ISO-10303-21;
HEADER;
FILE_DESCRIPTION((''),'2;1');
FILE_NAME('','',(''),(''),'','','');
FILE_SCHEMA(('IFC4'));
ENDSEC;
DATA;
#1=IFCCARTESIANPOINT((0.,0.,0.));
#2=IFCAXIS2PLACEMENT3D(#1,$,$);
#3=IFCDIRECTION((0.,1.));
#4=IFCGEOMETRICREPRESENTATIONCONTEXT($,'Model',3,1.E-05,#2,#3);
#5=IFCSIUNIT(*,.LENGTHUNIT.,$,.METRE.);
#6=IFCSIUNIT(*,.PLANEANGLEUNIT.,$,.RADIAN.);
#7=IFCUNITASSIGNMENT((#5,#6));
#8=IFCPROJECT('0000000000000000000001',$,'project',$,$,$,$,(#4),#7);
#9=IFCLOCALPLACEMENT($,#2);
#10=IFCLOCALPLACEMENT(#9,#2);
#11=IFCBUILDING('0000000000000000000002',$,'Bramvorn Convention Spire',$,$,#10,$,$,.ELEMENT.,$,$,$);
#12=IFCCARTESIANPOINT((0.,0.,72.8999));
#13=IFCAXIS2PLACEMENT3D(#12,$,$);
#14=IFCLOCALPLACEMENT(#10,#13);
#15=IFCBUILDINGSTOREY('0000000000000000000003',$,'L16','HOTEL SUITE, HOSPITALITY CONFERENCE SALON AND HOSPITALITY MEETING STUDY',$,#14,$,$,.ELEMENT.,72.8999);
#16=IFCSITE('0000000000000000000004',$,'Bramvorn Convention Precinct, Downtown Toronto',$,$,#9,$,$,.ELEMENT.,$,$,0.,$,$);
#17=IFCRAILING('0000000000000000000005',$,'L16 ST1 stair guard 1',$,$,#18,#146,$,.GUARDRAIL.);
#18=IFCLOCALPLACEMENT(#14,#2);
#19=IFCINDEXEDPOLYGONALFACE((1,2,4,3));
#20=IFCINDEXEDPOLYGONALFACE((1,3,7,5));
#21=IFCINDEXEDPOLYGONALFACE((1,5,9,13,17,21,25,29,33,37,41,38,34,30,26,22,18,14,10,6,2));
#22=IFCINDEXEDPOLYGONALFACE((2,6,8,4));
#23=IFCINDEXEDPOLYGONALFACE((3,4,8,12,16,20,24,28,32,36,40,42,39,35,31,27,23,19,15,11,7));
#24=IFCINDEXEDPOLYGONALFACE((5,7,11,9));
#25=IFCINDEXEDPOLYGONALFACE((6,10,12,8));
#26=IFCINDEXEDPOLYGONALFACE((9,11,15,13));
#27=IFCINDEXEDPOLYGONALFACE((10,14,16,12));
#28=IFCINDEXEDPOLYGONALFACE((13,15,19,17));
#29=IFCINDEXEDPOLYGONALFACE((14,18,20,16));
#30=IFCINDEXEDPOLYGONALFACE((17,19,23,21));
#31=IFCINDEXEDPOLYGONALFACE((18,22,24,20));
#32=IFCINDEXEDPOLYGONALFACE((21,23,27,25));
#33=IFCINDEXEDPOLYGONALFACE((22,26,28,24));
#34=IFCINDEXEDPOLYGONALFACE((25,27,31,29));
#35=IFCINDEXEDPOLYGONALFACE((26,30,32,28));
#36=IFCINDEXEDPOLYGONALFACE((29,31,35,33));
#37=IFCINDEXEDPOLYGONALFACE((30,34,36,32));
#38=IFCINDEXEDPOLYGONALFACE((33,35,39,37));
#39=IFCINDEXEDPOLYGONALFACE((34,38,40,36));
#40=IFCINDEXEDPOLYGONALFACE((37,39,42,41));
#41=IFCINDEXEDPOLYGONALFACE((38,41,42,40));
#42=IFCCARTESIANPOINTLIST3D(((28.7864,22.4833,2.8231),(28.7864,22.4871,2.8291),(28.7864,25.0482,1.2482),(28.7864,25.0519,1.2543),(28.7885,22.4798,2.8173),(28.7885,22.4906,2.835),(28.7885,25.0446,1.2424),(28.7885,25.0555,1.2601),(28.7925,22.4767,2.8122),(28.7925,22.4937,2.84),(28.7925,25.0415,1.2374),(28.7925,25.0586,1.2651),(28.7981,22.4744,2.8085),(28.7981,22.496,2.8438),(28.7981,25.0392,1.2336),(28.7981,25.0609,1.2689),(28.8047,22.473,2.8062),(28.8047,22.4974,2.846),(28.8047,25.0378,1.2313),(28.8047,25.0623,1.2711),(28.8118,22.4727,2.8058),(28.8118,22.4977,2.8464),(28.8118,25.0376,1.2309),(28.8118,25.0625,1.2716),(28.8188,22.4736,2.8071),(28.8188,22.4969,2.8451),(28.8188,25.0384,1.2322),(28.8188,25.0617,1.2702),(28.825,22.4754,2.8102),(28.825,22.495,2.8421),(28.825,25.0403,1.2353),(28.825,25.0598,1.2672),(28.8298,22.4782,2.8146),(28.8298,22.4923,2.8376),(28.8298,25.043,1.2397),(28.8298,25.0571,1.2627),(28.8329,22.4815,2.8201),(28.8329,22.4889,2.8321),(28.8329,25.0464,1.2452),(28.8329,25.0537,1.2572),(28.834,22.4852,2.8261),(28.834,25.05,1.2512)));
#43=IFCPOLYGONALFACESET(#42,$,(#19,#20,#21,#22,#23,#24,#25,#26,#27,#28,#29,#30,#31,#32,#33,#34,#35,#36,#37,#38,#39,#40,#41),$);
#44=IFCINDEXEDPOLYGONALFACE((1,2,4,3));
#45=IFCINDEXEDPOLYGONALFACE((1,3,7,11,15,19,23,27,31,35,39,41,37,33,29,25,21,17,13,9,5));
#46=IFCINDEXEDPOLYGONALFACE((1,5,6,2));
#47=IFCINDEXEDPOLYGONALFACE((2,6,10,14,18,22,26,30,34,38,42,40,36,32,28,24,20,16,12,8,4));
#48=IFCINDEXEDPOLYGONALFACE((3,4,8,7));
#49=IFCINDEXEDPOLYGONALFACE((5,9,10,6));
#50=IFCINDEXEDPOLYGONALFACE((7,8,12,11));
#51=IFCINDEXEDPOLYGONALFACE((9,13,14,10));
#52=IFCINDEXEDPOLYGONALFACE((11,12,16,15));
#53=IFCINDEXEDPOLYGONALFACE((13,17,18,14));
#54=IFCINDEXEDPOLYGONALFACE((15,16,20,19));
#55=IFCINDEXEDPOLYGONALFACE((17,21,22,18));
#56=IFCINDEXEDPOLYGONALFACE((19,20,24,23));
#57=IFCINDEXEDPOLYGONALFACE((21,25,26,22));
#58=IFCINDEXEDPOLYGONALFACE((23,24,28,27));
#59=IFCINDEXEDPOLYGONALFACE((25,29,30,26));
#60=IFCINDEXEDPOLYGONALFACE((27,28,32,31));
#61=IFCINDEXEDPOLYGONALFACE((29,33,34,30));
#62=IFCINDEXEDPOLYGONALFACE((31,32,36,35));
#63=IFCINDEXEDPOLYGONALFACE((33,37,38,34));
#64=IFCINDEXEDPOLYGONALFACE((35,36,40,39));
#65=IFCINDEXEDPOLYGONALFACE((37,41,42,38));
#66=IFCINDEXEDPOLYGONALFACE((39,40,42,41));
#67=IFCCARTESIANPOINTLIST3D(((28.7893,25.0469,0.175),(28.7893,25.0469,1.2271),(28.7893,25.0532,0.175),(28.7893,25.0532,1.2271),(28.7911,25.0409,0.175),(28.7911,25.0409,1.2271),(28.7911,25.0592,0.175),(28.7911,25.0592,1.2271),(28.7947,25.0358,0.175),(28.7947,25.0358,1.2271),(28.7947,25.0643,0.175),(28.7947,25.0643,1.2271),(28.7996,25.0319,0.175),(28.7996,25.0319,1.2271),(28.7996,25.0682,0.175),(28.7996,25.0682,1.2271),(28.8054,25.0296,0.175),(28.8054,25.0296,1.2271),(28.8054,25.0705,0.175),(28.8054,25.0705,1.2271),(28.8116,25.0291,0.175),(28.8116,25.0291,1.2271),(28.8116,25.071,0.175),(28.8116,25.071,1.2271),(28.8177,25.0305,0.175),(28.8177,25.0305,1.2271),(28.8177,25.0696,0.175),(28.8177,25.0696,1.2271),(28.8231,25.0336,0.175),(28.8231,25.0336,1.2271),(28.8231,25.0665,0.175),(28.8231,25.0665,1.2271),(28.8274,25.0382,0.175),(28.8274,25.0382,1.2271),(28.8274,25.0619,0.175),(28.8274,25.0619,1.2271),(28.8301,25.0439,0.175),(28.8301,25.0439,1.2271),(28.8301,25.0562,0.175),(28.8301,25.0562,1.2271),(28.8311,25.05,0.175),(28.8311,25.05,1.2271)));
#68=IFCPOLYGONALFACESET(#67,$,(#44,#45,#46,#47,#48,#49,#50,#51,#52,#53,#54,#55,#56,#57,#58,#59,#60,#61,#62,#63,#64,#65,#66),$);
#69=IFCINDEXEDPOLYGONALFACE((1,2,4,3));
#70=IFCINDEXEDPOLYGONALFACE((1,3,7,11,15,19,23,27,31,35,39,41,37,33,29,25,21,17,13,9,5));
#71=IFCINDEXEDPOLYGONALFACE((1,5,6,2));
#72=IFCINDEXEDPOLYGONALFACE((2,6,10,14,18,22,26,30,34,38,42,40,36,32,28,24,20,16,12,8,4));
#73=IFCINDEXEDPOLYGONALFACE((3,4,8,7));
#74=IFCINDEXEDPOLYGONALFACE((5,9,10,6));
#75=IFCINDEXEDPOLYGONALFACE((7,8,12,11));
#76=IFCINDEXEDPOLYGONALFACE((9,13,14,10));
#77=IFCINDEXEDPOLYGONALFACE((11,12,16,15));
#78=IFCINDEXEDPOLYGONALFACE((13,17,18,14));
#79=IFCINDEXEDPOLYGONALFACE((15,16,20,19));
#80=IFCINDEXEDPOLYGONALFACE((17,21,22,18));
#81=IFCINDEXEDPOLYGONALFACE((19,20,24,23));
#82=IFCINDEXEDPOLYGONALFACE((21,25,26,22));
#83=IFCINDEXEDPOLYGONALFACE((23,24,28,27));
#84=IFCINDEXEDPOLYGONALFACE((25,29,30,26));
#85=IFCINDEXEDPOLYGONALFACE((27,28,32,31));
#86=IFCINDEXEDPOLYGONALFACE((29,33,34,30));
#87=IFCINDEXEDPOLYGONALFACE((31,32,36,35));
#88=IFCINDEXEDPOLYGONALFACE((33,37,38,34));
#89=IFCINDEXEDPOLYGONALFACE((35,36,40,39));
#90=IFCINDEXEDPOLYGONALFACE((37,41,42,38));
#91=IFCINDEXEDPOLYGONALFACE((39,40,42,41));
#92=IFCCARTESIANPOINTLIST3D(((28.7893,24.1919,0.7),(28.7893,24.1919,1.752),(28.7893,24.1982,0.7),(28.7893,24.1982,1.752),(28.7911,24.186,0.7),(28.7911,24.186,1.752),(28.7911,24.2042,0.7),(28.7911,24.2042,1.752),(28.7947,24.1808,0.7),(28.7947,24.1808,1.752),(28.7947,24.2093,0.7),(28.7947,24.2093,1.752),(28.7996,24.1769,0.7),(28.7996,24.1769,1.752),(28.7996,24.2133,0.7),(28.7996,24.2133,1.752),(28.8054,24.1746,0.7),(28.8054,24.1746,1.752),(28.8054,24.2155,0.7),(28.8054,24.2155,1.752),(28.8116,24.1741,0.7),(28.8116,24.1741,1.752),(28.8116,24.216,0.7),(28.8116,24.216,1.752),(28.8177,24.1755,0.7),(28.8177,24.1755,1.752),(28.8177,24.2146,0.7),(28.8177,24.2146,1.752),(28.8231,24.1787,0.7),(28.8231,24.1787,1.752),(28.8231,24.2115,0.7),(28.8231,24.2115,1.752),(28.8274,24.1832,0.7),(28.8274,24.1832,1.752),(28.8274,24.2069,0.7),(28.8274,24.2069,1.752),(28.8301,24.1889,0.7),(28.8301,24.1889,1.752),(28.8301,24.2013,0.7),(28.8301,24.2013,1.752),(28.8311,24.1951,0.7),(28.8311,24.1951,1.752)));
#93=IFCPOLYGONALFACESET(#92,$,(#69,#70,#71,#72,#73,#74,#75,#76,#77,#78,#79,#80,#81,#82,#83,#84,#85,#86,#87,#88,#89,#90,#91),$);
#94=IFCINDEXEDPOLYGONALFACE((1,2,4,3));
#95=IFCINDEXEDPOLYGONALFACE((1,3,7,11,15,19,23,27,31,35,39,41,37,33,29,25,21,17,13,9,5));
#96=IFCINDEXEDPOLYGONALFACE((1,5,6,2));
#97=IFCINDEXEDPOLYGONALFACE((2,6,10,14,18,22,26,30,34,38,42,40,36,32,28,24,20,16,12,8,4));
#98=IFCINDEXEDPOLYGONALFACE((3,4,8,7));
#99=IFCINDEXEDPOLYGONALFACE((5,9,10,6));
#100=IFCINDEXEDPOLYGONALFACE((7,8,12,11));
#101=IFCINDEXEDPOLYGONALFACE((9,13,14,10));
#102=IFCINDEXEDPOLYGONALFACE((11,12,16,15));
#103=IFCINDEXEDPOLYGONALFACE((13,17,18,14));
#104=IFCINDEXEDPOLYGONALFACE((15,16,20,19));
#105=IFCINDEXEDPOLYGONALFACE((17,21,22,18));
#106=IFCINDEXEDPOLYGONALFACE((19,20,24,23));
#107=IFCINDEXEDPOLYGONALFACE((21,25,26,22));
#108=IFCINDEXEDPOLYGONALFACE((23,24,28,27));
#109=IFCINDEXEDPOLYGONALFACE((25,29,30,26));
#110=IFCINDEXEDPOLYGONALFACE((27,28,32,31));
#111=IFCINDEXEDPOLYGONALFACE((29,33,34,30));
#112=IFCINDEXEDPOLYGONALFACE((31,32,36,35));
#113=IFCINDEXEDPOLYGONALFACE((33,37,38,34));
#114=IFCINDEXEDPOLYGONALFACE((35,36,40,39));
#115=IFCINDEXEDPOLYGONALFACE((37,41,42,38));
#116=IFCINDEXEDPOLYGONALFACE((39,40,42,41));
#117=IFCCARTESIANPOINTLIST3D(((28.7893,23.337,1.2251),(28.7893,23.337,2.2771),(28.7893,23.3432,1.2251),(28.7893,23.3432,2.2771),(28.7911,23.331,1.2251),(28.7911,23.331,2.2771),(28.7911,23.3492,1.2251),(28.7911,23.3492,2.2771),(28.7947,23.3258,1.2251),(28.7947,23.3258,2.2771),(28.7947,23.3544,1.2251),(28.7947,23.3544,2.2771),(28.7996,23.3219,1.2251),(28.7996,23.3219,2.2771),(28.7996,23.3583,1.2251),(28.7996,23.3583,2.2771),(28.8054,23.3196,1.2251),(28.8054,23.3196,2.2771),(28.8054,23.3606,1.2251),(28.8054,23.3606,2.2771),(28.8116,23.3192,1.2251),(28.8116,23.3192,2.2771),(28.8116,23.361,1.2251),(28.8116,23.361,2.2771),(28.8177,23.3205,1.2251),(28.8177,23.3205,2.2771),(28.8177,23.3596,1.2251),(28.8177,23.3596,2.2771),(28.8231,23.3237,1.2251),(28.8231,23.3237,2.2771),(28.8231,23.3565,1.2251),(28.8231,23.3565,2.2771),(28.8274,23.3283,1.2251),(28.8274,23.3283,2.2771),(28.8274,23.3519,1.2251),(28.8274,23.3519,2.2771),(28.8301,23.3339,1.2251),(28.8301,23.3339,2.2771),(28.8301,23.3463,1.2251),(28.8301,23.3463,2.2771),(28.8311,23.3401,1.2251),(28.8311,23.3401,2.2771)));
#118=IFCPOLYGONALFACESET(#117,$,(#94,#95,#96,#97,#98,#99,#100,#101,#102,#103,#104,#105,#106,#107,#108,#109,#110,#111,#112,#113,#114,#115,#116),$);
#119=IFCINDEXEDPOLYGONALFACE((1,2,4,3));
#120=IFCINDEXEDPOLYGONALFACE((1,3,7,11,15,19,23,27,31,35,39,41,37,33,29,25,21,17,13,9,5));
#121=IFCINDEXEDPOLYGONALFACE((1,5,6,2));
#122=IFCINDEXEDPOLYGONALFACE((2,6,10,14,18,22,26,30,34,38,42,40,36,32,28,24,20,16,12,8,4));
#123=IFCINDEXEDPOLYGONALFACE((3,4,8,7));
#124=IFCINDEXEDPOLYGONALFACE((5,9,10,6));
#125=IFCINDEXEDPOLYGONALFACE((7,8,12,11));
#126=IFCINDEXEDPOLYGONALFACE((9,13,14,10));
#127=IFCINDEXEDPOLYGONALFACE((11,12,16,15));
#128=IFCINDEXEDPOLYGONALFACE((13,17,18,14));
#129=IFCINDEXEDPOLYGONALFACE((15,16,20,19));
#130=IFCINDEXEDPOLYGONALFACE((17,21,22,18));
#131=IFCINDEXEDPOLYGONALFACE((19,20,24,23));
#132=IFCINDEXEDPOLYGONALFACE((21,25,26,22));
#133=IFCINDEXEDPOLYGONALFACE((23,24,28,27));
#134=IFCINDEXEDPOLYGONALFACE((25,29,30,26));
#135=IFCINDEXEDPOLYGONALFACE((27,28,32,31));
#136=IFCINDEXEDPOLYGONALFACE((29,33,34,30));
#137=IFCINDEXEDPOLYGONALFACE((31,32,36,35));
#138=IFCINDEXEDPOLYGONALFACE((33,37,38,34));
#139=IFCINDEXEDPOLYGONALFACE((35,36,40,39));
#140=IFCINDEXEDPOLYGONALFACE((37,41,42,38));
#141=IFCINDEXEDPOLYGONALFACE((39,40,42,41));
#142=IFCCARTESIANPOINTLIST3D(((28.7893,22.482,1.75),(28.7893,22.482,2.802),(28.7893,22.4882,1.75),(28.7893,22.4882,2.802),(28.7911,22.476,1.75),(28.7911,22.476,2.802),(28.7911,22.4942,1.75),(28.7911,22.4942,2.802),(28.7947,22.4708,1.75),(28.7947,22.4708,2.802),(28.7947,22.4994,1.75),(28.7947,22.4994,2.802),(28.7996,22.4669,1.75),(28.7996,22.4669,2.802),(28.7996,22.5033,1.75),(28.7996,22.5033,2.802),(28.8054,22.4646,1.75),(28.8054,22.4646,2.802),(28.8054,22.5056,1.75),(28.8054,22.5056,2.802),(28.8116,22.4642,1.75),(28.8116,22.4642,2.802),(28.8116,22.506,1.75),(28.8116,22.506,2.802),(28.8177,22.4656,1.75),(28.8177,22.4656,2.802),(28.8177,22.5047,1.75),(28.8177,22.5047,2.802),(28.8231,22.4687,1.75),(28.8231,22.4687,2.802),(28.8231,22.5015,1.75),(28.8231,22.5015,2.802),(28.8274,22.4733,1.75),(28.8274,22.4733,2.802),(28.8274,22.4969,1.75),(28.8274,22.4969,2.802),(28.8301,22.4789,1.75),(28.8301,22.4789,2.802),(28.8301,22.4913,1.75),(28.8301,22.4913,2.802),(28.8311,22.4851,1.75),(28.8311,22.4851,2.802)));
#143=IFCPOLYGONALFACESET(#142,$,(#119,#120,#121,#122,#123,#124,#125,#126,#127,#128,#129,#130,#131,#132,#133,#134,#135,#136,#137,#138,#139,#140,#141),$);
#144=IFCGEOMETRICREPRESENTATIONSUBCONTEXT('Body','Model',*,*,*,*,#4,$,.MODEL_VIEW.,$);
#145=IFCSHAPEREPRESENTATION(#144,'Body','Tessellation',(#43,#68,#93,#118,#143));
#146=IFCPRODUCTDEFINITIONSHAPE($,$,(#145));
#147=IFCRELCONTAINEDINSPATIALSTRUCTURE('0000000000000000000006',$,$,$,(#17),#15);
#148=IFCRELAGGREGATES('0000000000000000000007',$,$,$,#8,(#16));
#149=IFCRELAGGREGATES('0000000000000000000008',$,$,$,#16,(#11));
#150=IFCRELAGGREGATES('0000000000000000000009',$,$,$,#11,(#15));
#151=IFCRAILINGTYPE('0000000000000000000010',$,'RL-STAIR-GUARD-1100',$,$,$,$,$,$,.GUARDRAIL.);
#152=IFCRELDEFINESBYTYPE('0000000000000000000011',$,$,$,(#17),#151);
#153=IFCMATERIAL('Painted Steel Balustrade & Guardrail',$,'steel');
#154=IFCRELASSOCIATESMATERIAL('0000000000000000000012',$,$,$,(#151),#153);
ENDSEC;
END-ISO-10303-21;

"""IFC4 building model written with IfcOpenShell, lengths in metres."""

from ifc_helpers import new_model, si_unit, direction, frame, origin, origin_2d, place, context, subcontext, project, spatial, circle, extrude, material, type_object, element, save


model = new_model("IFC4")

# Units and contexts
model_context = context("Model", 3, precision=1e-05, world=origin(), true_north=direction((0.0, 1.0)))
body_context = subcontext(model_context, "Body", "Model", "MODEL_VIEW")
ifc_project = project(units=[si_unit("LENGTHUNIT", "METRE"), si_unit("PLANEANGLEUNIT", "RADIAN")], contexts=[model_context])

# Site, building, storey
site_placement = place(None, origin())
site = spatial("IfcSite", under=ifc_project, at=site_placement, Name="Bramvorn Convention Precinct, Downtown Toronto", CompositionType="ELEMENT", RefElevation=0.0)
building_placement = place(site_placement, origin())
building = spatial("IfcBuilding", under=site, at=building_placement, Name="Bramvorn Convention Spire", CompositionType="ELEMENT")
storey_placement = place(building_placement, frame((0.0, 0.0, 72.8999)))
storey = spatial("IfcBuildingStorey", under=building, at=storey_placement, Name="L16", Description="HOTEL SUITE, HOSPITALITY CONFERENCE SALON AND HOSPITALITY MEETING STUDY", CompositionType="ELEMENT", Elevation=72.8999)

# Railing
ifc_material_1 = material(Name="Painted Steel Balustrade & Guardrail", Category="steel")
railing_type_1 = type_object("IfcRailingType", Name="RL-STAIR-GUARD-1100", PredefinedType="GUARDRAIL", material=ifc_material_1)
railing_1_placement = place(storey_placement, frame((28.8101, 25.05, 0.175)))
element("IfcRailing", 1, at=railing_1_placement, inside=storey, type_object=railing_type_1, Name="L16 ST1 stair guard 1", PredefinedType="GUARDRAIL", context=body_context, shape_type="SweptSolid", body=[
    extrude(circle(Radius=0.0239, at=origin_2d()), frame((0.0, 0.0, 1.0762), z_axis=(0.0, -0.852173, 0.52326), x_axis=(1.0, 0.0, 0.0)), (0.0, 0.0, 1.0), 3.0098),
    extrude(circle(Radius=0.021, at=origin_2d()), origin(), (0.0, 0.0, 1.0), 1.052),
    extrude(circle(Radius=0.021, at=origin_2d()), frame((0.0, -0.855, 0.5249)), (0.0, 0.0, 1.0), 1.052),
    extrude(circle(Radius=0.021, at=origin_2d()), frame((0.0, -1.71, 1.05)), (0.0, 0.0, 1.0), 1.052),
    extrude(circle(Radius=0.021, at=origin_2d()), frame((0.0, -2.5649, 1.575)), (0.0, 0.0, 1.0), 1.052),
])

save(model, "model.ifc")
